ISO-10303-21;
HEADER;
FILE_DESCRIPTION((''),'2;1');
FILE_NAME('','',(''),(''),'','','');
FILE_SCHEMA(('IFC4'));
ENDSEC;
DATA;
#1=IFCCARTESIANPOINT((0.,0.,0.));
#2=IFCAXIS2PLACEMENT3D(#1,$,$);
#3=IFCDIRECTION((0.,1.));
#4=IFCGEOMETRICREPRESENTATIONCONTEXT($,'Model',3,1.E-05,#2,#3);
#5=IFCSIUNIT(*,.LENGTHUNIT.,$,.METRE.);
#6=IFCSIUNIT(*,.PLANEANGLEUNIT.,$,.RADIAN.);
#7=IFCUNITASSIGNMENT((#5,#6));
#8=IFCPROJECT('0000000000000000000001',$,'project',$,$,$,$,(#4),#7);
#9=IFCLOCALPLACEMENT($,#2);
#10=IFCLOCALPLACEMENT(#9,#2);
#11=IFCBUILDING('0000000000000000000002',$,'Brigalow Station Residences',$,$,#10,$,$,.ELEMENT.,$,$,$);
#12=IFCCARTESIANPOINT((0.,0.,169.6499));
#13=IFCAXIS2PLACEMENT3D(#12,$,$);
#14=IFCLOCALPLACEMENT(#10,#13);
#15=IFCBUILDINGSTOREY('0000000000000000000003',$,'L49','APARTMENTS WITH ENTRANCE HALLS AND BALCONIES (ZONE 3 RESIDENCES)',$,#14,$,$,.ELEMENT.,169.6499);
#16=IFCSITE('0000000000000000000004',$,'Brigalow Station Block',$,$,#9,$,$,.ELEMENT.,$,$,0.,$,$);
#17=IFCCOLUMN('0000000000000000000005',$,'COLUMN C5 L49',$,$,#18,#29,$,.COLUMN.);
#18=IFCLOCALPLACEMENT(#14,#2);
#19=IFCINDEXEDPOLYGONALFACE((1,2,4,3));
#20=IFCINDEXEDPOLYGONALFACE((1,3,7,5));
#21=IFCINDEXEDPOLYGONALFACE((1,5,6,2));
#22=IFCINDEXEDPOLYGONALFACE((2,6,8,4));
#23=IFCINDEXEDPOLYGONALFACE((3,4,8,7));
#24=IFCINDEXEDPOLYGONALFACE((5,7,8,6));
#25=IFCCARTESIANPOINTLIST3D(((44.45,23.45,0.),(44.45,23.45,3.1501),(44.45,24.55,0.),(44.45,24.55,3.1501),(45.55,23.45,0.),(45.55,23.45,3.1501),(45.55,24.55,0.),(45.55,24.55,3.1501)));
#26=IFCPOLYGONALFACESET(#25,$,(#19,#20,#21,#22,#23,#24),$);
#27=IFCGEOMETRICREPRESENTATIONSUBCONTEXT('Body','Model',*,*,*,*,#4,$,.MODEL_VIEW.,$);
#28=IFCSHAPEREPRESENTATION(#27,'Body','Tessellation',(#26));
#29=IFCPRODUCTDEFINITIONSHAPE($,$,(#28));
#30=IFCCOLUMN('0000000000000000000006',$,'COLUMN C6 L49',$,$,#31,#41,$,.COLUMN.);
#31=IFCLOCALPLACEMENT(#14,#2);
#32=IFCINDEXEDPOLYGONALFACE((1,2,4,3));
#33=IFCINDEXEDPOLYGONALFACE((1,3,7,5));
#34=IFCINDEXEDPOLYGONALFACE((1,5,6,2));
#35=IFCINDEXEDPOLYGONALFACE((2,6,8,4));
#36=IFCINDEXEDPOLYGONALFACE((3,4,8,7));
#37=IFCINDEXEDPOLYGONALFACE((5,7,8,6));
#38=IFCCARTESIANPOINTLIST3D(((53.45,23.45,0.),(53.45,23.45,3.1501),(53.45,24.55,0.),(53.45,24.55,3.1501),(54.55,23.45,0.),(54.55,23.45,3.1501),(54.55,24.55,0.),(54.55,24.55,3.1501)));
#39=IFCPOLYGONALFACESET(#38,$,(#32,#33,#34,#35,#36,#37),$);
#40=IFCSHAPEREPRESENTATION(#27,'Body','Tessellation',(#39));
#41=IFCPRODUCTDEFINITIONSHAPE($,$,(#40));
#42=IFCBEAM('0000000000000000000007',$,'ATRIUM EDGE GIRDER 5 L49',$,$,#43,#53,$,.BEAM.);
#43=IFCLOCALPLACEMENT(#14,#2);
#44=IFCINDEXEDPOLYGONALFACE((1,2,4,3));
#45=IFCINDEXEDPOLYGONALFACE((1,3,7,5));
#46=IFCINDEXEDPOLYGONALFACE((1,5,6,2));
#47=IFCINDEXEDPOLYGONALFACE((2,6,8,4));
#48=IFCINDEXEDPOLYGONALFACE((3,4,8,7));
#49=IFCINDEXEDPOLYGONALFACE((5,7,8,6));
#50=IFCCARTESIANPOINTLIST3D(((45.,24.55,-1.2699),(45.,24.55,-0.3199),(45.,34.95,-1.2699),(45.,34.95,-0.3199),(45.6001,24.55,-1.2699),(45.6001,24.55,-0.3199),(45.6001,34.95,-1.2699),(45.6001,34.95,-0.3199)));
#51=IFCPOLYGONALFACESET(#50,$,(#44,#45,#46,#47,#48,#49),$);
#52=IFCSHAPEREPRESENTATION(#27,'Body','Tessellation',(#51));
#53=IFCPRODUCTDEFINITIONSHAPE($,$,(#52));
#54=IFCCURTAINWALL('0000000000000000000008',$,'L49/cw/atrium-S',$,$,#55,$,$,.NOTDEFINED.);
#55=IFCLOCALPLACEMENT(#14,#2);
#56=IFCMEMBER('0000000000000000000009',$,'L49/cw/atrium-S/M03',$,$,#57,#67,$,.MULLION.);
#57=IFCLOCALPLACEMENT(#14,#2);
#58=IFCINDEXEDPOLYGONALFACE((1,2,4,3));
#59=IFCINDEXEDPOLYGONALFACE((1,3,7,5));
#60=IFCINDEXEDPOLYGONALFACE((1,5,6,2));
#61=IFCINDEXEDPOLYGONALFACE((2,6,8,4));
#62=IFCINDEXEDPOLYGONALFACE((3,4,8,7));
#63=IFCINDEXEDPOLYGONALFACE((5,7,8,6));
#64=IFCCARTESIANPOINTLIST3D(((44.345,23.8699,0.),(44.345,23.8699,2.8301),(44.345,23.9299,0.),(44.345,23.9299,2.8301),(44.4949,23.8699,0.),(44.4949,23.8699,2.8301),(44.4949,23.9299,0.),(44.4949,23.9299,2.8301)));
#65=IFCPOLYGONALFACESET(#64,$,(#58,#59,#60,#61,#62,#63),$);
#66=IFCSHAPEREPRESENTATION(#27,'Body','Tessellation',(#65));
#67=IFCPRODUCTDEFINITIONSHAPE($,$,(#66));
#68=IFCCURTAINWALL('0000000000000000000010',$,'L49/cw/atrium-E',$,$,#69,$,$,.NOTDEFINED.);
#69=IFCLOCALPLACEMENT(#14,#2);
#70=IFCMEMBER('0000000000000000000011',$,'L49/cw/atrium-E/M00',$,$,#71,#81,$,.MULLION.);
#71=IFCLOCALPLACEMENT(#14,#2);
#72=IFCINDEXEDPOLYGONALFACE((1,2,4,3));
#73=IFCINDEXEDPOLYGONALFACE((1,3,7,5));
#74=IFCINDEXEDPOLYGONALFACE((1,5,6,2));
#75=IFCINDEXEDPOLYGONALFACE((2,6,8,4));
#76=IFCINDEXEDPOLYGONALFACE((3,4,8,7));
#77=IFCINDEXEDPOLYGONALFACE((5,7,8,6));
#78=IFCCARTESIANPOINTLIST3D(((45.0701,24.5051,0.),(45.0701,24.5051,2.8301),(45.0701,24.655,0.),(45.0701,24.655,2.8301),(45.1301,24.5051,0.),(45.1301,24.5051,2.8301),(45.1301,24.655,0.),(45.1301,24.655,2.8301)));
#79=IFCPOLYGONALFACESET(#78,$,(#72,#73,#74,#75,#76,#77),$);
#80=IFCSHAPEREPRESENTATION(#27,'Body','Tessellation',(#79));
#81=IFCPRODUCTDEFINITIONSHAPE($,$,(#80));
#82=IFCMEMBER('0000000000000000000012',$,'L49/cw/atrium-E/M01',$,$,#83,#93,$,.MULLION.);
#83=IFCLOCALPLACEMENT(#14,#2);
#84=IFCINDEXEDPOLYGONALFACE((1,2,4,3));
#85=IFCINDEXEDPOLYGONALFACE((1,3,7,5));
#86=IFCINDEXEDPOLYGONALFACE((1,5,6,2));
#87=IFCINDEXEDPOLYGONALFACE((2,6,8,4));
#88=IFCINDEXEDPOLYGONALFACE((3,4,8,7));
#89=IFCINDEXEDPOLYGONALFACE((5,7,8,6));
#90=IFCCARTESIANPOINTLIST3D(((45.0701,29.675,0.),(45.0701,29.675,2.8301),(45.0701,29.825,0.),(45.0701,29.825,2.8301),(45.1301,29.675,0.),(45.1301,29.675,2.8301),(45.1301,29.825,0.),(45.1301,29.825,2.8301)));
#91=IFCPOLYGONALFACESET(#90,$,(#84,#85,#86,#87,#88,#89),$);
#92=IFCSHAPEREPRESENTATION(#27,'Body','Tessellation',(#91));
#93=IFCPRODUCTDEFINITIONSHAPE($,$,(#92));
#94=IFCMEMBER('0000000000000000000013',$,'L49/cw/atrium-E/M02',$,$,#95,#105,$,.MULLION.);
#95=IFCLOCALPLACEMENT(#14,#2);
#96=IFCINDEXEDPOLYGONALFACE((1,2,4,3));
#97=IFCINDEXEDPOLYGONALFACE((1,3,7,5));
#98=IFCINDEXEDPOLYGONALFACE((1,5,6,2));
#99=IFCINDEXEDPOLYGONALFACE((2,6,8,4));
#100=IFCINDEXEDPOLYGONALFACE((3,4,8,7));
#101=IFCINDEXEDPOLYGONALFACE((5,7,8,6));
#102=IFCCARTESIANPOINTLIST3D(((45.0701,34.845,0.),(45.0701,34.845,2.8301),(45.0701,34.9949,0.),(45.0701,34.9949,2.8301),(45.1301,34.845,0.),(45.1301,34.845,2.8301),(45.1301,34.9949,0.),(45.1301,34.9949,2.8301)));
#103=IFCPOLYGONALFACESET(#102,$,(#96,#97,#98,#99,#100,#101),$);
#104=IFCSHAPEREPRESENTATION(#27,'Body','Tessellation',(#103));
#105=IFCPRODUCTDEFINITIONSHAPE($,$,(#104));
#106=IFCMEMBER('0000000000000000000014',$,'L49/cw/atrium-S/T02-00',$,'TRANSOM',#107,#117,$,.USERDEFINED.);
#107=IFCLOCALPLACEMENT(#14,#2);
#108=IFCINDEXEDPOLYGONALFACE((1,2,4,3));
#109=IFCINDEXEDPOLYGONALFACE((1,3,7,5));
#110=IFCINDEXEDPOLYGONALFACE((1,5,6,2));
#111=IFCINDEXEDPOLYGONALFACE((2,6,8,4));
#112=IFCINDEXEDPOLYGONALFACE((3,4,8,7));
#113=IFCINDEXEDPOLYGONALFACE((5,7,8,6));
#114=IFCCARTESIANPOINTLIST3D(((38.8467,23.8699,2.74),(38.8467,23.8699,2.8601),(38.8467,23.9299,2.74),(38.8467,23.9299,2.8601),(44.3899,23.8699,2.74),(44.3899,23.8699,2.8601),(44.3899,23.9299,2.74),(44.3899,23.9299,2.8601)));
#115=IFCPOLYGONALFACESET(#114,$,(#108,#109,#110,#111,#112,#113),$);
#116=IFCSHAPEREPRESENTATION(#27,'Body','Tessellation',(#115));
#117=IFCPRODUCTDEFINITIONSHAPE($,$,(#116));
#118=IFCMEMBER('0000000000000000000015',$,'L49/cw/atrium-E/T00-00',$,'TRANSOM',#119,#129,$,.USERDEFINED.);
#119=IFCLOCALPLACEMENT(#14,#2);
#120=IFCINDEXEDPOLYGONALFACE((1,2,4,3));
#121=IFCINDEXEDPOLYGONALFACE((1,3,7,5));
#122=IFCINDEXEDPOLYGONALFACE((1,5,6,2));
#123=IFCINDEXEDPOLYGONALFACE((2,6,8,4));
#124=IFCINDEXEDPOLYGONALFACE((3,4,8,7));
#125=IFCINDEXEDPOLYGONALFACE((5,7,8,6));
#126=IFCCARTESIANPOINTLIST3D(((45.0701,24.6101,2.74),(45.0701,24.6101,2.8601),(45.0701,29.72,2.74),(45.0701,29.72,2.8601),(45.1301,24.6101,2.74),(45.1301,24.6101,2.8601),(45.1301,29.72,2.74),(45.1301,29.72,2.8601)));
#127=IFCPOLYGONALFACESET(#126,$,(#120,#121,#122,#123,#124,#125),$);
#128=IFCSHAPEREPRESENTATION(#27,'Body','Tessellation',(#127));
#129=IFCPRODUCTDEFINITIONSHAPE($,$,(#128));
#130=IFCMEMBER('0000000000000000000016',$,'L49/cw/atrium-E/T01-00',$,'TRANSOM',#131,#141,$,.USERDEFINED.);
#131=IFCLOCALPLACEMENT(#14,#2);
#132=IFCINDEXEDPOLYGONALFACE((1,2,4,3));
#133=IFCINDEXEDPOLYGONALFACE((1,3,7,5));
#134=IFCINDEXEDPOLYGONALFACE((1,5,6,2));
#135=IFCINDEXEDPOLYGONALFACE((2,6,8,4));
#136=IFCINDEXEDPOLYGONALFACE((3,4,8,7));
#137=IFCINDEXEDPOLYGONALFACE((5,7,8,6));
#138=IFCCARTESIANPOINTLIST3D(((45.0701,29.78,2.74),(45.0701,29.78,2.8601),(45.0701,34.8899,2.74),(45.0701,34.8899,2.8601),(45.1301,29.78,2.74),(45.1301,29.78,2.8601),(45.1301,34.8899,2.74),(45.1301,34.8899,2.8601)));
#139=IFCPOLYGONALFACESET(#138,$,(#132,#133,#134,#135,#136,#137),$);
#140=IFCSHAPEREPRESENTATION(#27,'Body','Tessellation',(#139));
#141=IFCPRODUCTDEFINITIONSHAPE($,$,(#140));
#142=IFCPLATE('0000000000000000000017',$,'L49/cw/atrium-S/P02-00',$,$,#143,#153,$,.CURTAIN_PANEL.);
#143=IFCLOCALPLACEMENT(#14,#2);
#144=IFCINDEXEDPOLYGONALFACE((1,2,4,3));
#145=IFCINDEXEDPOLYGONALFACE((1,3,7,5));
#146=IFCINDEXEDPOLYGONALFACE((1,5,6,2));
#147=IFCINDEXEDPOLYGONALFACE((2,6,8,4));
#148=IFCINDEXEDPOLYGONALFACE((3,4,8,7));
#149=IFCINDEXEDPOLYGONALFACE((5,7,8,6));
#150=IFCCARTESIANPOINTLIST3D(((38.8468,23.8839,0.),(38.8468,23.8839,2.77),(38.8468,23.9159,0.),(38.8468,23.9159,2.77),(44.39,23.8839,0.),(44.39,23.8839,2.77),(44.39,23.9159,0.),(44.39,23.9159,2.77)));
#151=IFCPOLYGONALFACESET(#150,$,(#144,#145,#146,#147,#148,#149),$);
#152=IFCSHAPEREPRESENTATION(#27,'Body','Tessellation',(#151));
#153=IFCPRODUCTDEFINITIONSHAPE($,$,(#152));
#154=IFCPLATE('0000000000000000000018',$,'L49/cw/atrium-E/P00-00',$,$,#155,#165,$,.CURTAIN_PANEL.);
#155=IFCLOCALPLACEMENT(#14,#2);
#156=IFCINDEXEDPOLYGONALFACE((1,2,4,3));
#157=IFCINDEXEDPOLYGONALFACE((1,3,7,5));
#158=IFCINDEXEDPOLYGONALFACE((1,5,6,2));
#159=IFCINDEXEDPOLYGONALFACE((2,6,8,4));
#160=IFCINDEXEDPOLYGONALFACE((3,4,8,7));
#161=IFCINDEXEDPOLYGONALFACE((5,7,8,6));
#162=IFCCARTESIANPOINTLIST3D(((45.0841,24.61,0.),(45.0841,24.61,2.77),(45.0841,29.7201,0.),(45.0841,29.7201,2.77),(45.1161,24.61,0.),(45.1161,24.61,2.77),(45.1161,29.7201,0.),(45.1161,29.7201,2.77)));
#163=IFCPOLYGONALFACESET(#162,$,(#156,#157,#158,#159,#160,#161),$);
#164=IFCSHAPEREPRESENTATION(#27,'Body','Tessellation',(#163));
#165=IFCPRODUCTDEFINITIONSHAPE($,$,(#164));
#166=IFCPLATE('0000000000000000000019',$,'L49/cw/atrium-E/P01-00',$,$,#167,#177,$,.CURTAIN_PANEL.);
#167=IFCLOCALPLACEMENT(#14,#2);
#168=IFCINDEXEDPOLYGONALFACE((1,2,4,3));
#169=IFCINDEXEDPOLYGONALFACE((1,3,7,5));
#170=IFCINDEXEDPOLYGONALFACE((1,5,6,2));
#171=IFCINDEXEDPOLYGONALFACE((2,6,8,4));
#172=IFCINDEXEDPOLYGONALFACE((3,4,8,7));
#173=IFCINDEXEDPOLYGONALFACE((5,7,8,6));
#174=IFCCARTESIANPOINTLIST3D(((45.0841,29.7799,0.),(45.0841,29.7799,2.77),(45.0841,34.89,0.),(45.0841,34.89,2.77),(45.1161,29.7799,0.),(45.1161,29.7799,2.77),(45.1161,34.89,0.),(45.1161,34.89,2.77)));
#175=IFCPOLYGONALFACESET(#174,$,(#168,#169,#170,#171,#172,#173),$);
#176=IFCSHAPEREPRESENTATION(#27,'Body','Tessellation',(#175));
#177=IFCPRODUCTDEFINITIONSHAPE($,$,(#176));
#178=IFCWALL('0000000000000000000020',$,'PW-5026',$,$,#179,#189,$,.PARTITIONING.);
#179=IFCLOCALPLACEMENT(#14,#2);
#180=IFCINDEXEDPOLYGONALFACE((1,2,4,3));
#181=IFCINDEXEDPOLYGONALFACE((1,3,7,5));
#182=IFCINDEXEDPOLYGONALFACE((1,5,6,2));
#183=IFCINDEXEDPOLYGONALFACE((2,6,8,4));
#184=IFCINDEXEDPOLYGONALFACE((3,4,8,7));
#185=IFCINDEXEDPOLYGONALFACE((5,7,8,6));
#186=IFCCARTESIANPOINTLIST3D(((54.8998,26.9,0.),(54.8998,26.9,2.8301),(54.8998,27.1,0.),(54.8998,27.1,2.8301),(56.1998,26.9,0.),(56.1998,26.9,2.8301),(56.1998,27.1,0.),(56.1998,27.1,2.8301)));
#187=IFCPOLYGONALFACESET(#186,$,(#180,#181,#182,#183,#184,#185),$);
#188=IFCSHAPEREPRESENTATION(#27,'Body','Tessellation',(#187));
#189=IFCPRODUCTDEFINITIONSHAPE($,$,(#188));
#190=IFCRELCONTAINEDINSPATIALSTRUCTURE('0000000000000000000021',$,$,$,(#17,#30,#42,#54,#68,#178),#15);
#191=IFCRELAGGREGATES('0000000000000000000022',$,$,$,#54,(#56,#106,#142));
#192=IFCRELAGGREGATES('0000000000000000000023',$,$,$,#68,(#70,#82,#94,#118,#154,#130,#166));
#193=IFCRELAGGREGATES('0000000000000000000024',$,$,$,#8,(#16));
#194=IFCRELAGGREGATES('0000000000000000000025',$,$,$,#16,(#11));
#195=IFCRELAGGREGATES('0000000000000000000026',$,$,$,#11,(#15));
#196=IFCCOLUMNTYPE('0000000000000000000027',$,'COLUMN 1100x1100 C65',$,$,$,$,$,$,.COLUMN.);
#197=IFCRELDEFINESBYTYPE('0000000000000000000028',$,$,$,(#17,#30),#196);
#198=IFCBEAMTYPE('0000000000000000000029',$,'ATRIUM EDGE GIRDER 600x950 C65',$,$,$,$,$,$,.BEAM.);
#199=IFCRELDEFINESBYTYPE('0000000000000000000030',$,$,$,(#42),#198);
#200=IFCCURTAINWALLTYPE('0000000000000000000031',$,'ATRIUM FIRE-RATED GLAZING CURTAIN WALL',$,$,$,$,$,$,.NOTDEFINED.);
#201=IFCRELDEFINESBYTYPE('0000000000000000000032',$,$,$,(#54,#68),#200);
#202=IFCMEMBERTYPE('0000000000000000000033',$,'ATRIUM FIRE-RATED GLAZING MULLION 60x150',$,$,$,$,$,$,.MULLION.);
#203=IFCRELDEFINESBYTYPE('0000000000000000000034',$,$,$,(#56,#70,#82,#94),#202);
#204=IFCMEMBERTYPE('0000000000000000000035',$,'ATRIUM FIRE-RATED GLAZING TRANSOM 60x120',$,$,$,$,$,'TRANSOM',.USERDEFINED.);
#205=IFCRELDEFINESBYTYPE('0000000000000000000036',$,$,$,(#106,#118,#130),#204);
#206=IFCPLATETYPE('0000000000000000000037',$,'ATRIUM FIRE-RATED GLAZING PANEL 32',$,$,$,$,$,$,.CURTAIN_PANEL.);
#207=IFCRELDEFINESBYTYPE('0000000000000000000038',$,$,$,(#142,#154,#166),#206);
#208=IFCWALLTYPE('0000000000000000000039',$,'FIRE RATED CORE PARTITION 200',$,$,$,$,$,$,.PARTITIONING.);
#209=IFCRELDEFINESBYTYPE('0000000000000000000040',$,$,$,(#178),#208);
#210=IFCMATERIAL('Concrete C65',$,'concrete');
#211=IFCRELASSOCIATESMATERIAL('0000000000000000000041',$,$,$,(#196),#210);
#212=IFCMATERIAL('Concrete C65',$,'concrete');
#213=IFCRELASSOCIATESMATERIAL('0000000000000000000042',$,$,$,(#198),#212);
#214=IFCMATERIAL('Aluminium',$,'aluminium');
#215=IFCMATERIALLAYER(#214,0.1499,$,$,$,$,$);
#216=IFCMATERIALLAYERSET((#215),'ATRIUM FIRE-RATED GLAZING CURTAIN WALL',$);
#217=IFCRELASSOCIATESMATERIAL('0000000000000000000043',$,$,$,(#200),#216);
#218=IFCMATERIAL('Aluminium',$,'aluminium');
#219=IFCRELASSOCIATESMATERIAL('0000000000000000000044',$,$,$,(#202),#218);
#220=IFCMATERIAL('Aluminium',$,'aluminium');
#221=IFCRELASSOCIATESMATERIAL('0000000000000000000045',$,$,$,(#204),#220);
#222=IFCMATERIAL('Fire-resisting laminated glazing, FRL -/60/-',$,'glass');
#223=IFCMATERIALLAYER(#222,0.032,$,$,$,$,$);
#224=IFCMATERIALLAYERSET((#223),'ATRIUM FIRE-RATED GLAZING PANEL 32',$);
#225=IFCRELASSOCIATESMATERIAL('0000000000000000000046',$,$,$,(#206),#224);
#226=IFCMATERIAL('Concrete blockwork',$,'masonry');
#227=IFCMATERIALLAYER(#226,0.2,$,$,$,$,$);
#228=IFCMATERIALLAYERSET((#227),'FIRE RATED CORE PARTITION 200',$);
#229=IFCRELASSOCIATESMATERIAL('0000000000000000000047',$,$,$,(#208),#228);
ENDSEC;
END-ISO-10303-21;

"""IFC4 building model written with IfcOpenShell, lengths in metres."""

from ifc_helpers import new_model, si_unit, direction, frame, frame_2d, origin, origin_2d, place, context, subcontext, project, spatial, rectangle, extrude, material, layer, layer_set, material_profile, profile_set, type_object, element, aggregate, save


model = new_model("IFC4")

# Units and contexts
model_context = context("Model", 3, precision=1e-05, world=origin(), true_north=direction((0.0, 1.0)))
body_context = subcontext(model_context, "Body", "Model", "MODEL_VIEW")
ifc_project = project(units=[si_unit("LENGTHUNIT", "METRE"), si_unit("PLANEANGLEUNIT", "RADIAN")], contexts=[model_context])

# Site, building, storey
site_placement = place(None, origin())
site = spatial("IfcSite", under=ifc_project, at=site_placement, Name="Brigalow Station Block", CompositionType="ELEMENT", RefElevation=0.0)
building_placement = place(site_placement, origin())
building = spatial("IfcBuilding", under=site, at=building_placement, Name="Brigalow Station Residences", CompositionType="ELEMENT")
storey_placement = place(building_placement, frame((0.0, 0.0, 169.6499)))
storey = spatial("IfcBuildingStorey", under=building, at=storey_placement, Name="L49", Description="APARTMENTS WITH ENTRANCE HALLS AND BALCONIES (ZONE 3 RESIDENCES)", CompositionType="ELEMENT", Elevation=169.6499)

# Columns
ifc_material_1 = material(Name="Concrete C65", Category="concrete")
ifc_material_profile_1 = material_profile(ifc_material_1, rectangle(XDim=1.1001, YDim=1.1001, at=origin_2d()), Name="RC1100x1100")
ifc_profile_set_1 = profile_set([ifc_material_profile_1], Name="Concrete C65")
column_type = type_object("IfcColumnType", Name="COLUMN 1100x1100 C65", PredefinedType="COLUMN", material=ifc_profile_set_1)
for number, where, z_axis, x_axis, name in (
    (1, (45.0, 24.0, 0.0), (0.0, 0.0, 1.0), (1.0, 0.0, 0.0), "COLUMN C5 L49"),
    (2, (54.0, 24.0, 0.0), (0.0, 0.0, 1.0), (1.0, 0.0, 0.0), "COLUMN C6 L49"),
):
    element("IfcColumn", number, at=place(storey_placement, frame(where, z_axis=z_axis, x_axis=x_axis)), inside=storey, type_object=column_type, Name=name, PredefinedType="COLUMN", context=body_context, shape_type="SweptSolid", body=[
        extrude(rectangle(XDim=1.1001, YDim=1.1001, at=origin_2d()), origin(), (0.0, 0.0, 1.0), 3.1501),
    ])

# Beam
ifc_material_2 = material(Name="Concrete C65", Category="concrete")
ifc_material_profile_2 = material_profile(ifc_material_2, rectangle(XDim=0.6001, YDim=0.95, at=origin_2d()), Name="RC600x950")
ifc_profile_set_2 = profile_set([ifc_material_profile_2], Name="Concrete C65")
beam_type = type_object("IfcBeamType", Name="ATRIUM EDGE GIRDER 600x950 C65", PredefinedType="BEAM", material=ifc_profile_set_2)
beam_placement = place(storey_placement, frame((45.3, 24.55, -0.7949), z_axis=(0.0, 1.0, 0.0), x_axis=(-1.0, 0.0, 0.0)))
element("IfcBeam", 3, at=beam_placement, inside=storey, type_object=beam_type, Name="ATRIUM EDGE GIRDER 5 L49", PredefinedType="BEAM", context=body_context, shape_type="SweptSolid", body=[
    extrude(rectangle(XDim=0.6001, YDim=0.95, at=origin_2d()), origin(), (0.0, 0.0, 1.0), 10.3999),
])

# Curtain wall, member
ifc_material_3 = material(Name="Aluminium", Category="aluminium")
ifc_layer_1 = layer(ifc_material_3, 0.1499)
ifc_layer_set_1 = layer_set([ifc_layer_1], Name="ATRIUM FIRE-RATED GLAZING CURTAIN WALL")
curtain_wall_type = type_object("IfcCurtainWallType", Name="ATRIUM FIRE-RATED GLAZING CURTAIN WALL", PredefinedType="NOTDEFINED", material=ifc_layer_set_1)
curtain_wall_1_placement = place(storey_placement, origin())
curtain_wall_1 = element("IfcCurtainWall", 4, at=curtain_wall_1_placement, inside=storey, type_object=curtain_wall_type, Name="L49/cw/atrium-S", PredefinedType="NOTDEFINED")
ifc_material_4 = material(Name="Aluminium", Category="aluminium")
ifc_material_profile_3 = material_profile(ifc_material_4, rectangle(XDim=0.0601, YDim=0.1499, at=origin_2d()), Name="ATRIUM FIRE-RATED GLAZING MULLION 60x150")
ifc_profile_set_3 = profile_set([ifc_material_profile_3], Name="Aluminium")
member_type_1 = type_object("IfcMemberType", Name="ATRIUM FIRE-RATED GLAZING MULLION 60x150", PredefinedType="MULLION", material=ifc_profile_set_3)
member_1_placement = place(storey_placement, frame((44.4199, 23.8999, 0.0), z_axis=(0.0, 0.0, 1.0), x_axis=(0.0, 1.0, 0.0)))
member_1 = element("IfcMember", 5, at=member_1_placement, type_object=member_type_1, Name="L49/cw/atrium-S/M03", PredefinedType="MULLION", context=body_context, shape_type="SweptSolid", body=[
    extrude(rectangle(XDim=0.0601, YDim=0.1499, at=origin_2d()), origin(), (0.0, 0.0, 1.0), 2.8301),
])

# Curtain wall, members
curtain_wall_2_placement = place(storey_placement, origin())
curtain_wall_2 = element("IfcCurtainWall", 6, at=curtain_wall_2_placement, inside=storey, type_object=curtain_wall_type, Name="L49/cw/atrium-E", PredefinedType="NOTDEFINED")
member_2_placement = place(storey_placement, frame((45.1001, 24.5801, 0.0), z_axis=(0.0, 0.0, 1.0), x_axis=(-1.0, 0.0, 0.0)))
member_2 = element("IfcMember", 7, at=member_2_placement, type_object=member_type_1, Name="L49/cw/atrium-E/M00", PredefinedType="MULLION", context=body_context, shape_type="SweptSolid", body=[
    extrude(rectangle(XDim=0.0601, YDim=0.1499, at=origin_2d()), origin(), (0.0, 0.0, 1.0), 2.8301),
])
member_3_placement = place(storey_placement, frame((45.1001, 29.75, 0.0), z_axis=(0.0, 0.0, 1.0), x_axis=(-1.0, 0.0, 0.0)))
member_3 = element("IfcMember", 8, at=member_3_placement, type_object=member_type_1, Name="L49/cw/atrium-E/M01", PredefinedType="MULLION", context=body_context, shape_type="SweptSolid", body=[
    extrude(rectangle(XDim=0.0601, YDim=0.1499, at=origin_2d()), origin(), (0.0, 0.0, 1.0), 2.8301),
])
member_4_placement = place(storey_placement, frame((45.1001, 34.9199, 0.0), z_axis=(0.0, 0.0, 1.0), x_axis=(-1.0, 0.0, 0.0)))
member_4 = element("IfcMember", 9, at=member_4_placement, type_object=member_type_1, Name="L49/cw/atrium-E/M02", PredefinedType="MULLION", context=body_context, shape_type="SweptSolid", body=[
    extrude(rectangle(XDim=0.0601, YDim=0.1499, at=origin_2d()), origin(), (0.0, 0.0, 1.0), 2.8301),
])

# Members
ifc_material_5 = material(Name="Aluminium", Category="aluminium")
ifc_material_profile_4 = material_profile(ifc_material_5, rectangle(XDim=0.0601, YDim=0.1201, at=origin_2d()), Name="ATRIUM FIRE-RATED GLAZING TRANSOM 60x120")
ifc_profile_set_4 = profile_set([ifc_material_profile_4], Name="Aluminium")
member_type_2 = type_object("IfcMemberType", Name="ATRIUM FIRE-RATED GLAZING TRANSOM 60x120", ElementType="TRANSOM", PredefinedType="USERDEFINED", material=ifc_profile_set_4)
member_5_placement = place(storey_placement, frame((38.8467, 23.8999, 2.8), z_axis=(1.0, 0.0, 0.0), x_axis=(0.0, 1.0, 0.0)))
member_5 = element("IfcMember", 10, at=member_5_placement, type_object=member_type_2, Name="L49/cw/atrium-S/T02-00", ObjectType="TRANSOM", PredefinedType="USERDEFINED", context=body_context, shape_type="SweptSolid", body=[
    extrude(rectangle(XDim=0.0601, YDim=0.1201, at=origin_2d()), origin(), (0.0, 0.0, 1.0), 5.5432),
])
member_6_placement = place(storey_placement, frame((45.1001, 24.6101, 2.8), z_axis=(0.0, 1.0, 0.0), x_axis=(-1.0, 0.0, 0.0)))
member_6 = element("IfcMember", 11, at=member_6_placement, type_object=member_type_2, Name="L49/cw/atrium-E/T00-00", ObjectType="TRANSOM", PredefinedType="USERDEFINED", context=body_context, shape_type="SweptSolid", body=[
    extrude(rectangle(XDim=0.0601, YDim=0.1201, at=origin_2d()), origin(), (0.0, 0.0, 1.0), 5.1099),
])
member_7_placement = place(storey_placement, frame((45.1001, 29.78, 2.8), z_axis=(0.0, 1.0, 0.0), x_axis=(-1.0, 0.0, 0.0)))
member_7 = element("IfcMember", 12, at=member_7_placement, type_object=member_type_2, Name="L49/cw/atrium-E/T01-00", ObjectType="TRANSOM", PredefinedType="USERDEFINED", context=body_context, shape_type="SweptSolid", body=[
    extrude(rectangle(XDim=0.0601, YDim=0.1201, at=origin_2d()), origin(), (0.0, 0.0, 1.0), 5.1099),
])

# Plates
ifc_material_6 = material(Name="Fire-resisting laminated glazing, FRL -/60/-", Category="glass")
ifc_layer_2 = layer(ifc_material_6, 0.032)
ifc_layer_set_2 = layer_set([ifc_layer_2], Name="ATRIUM FIRE-RATED GLAZING PANEL 32")
plate_type = type_object("IfcPlateType", Name="ATRIUM FIRE-RATED GLAZING PANEL 32", PredefinedType="CURTAIN_PANEL", material=ifc_layer_set_2)
plate_1_placement = place(storey_placement, frame((41.6184, 23.8999, 0.0), z_axis=(0.0, 0.0, 1.0), x_axis=(1.0, 0.0, 0.0)))
plate_1 = element("IfcPlate", 13, at=plate_1_placement, type_object=plate_type, Name="L49/cw/atrium-S/P02-00", PredefinedType="CURTAIN_PANEL", context=body_context, shape_type="SweptSolid", body=[
    extrude(rectangle(XDim=5.5432, YDim=0.032, at=origin_2d()), origin(), (0.0, 0.0, 1.0), 2.77),
])
aggregate(curtain_wall_1, [member_1, member_5, plate_1])
plate_2_placement = place(storey_placement, frame((45.1001, 27.165, 0.0), z_axis=(0.0, 0.0, 1.0), x_axis=(0.0, 1.0, 0.0)))
plate_2 = element("IfcPlate", 14, at=plate_2_placement, type_object=plate_type, Name="L49/cw/atrium-E/P00-00", PredefinedType="CURTAIN_PANEL", context=body_context, shape_type="SweptSolid", body=[
    extrude(rectangle(XDim=5.1101, YDim=0.032, at=origin_2d()), origin(), (0.0, 0.0, 1.0), 2.77),
])
plate_3_placement = place(storey_placement, frame((45.1001, 32.335, 0.0), z_axis=(0.0, 0.0, 1.0), x_axis=(0.0, 1.0, 0.0)))
plate_3 = element("IfcPlate", 15, at=plate_3_placement, type_object=plate_type, Name="L49/cw/atrium-E/P01-00", PredefinedType="CURTAIN_PANEL", context=body_context, shape_type="SweptSolid", body=[
    extrude(rectangle(XDim=5.1101, YDim=0.032, at=origin_2d()), origin(), (0.0, 0.0, 1.0), 2.77),
])
aggregate(curtain_wall_2, [member_2, member_3, member_4, member_6, plate_2, member_7, plate_3])

# Wall
ifc_material_7 = material(Name="Concrete blockwork", Category="masonry")
ifc_layer_3 = layer(ifc_material_7, 0.2)
ifc_layer_set_3 = layer_set([ifc_layer_3], Name="FIRE RATED CORE PARTITION 200")
wall_type_1 = type_object("IfcWallType", Name="FIRE RATED CORE PARTITION 200", PredefinedType="PARTITIONING", material=ifc_layer_set_3)
wall_1_placement = place(storey_placement, frame((54.8999, 27.0, 0.0), z_axis=(0.0, 0.0, 1.0), x_axis=(1.0, 0.0, 0.0)))
element("IfcWall", 16, at=wall_1_placement, inside=storey, type_object=wall_type_1, Name="PW-5026", PredefinedType="PARTITIONING", context=body_context, shape_type="SweptSolid", body=[
    extrude(rectangle(XDim=1.3, YDim=0.2, at=frame_2d((0.6499, 0.0))), origin(), (0.0, 0.0, 1.0), 2.8301),
])

save(model, "model.ifc")
